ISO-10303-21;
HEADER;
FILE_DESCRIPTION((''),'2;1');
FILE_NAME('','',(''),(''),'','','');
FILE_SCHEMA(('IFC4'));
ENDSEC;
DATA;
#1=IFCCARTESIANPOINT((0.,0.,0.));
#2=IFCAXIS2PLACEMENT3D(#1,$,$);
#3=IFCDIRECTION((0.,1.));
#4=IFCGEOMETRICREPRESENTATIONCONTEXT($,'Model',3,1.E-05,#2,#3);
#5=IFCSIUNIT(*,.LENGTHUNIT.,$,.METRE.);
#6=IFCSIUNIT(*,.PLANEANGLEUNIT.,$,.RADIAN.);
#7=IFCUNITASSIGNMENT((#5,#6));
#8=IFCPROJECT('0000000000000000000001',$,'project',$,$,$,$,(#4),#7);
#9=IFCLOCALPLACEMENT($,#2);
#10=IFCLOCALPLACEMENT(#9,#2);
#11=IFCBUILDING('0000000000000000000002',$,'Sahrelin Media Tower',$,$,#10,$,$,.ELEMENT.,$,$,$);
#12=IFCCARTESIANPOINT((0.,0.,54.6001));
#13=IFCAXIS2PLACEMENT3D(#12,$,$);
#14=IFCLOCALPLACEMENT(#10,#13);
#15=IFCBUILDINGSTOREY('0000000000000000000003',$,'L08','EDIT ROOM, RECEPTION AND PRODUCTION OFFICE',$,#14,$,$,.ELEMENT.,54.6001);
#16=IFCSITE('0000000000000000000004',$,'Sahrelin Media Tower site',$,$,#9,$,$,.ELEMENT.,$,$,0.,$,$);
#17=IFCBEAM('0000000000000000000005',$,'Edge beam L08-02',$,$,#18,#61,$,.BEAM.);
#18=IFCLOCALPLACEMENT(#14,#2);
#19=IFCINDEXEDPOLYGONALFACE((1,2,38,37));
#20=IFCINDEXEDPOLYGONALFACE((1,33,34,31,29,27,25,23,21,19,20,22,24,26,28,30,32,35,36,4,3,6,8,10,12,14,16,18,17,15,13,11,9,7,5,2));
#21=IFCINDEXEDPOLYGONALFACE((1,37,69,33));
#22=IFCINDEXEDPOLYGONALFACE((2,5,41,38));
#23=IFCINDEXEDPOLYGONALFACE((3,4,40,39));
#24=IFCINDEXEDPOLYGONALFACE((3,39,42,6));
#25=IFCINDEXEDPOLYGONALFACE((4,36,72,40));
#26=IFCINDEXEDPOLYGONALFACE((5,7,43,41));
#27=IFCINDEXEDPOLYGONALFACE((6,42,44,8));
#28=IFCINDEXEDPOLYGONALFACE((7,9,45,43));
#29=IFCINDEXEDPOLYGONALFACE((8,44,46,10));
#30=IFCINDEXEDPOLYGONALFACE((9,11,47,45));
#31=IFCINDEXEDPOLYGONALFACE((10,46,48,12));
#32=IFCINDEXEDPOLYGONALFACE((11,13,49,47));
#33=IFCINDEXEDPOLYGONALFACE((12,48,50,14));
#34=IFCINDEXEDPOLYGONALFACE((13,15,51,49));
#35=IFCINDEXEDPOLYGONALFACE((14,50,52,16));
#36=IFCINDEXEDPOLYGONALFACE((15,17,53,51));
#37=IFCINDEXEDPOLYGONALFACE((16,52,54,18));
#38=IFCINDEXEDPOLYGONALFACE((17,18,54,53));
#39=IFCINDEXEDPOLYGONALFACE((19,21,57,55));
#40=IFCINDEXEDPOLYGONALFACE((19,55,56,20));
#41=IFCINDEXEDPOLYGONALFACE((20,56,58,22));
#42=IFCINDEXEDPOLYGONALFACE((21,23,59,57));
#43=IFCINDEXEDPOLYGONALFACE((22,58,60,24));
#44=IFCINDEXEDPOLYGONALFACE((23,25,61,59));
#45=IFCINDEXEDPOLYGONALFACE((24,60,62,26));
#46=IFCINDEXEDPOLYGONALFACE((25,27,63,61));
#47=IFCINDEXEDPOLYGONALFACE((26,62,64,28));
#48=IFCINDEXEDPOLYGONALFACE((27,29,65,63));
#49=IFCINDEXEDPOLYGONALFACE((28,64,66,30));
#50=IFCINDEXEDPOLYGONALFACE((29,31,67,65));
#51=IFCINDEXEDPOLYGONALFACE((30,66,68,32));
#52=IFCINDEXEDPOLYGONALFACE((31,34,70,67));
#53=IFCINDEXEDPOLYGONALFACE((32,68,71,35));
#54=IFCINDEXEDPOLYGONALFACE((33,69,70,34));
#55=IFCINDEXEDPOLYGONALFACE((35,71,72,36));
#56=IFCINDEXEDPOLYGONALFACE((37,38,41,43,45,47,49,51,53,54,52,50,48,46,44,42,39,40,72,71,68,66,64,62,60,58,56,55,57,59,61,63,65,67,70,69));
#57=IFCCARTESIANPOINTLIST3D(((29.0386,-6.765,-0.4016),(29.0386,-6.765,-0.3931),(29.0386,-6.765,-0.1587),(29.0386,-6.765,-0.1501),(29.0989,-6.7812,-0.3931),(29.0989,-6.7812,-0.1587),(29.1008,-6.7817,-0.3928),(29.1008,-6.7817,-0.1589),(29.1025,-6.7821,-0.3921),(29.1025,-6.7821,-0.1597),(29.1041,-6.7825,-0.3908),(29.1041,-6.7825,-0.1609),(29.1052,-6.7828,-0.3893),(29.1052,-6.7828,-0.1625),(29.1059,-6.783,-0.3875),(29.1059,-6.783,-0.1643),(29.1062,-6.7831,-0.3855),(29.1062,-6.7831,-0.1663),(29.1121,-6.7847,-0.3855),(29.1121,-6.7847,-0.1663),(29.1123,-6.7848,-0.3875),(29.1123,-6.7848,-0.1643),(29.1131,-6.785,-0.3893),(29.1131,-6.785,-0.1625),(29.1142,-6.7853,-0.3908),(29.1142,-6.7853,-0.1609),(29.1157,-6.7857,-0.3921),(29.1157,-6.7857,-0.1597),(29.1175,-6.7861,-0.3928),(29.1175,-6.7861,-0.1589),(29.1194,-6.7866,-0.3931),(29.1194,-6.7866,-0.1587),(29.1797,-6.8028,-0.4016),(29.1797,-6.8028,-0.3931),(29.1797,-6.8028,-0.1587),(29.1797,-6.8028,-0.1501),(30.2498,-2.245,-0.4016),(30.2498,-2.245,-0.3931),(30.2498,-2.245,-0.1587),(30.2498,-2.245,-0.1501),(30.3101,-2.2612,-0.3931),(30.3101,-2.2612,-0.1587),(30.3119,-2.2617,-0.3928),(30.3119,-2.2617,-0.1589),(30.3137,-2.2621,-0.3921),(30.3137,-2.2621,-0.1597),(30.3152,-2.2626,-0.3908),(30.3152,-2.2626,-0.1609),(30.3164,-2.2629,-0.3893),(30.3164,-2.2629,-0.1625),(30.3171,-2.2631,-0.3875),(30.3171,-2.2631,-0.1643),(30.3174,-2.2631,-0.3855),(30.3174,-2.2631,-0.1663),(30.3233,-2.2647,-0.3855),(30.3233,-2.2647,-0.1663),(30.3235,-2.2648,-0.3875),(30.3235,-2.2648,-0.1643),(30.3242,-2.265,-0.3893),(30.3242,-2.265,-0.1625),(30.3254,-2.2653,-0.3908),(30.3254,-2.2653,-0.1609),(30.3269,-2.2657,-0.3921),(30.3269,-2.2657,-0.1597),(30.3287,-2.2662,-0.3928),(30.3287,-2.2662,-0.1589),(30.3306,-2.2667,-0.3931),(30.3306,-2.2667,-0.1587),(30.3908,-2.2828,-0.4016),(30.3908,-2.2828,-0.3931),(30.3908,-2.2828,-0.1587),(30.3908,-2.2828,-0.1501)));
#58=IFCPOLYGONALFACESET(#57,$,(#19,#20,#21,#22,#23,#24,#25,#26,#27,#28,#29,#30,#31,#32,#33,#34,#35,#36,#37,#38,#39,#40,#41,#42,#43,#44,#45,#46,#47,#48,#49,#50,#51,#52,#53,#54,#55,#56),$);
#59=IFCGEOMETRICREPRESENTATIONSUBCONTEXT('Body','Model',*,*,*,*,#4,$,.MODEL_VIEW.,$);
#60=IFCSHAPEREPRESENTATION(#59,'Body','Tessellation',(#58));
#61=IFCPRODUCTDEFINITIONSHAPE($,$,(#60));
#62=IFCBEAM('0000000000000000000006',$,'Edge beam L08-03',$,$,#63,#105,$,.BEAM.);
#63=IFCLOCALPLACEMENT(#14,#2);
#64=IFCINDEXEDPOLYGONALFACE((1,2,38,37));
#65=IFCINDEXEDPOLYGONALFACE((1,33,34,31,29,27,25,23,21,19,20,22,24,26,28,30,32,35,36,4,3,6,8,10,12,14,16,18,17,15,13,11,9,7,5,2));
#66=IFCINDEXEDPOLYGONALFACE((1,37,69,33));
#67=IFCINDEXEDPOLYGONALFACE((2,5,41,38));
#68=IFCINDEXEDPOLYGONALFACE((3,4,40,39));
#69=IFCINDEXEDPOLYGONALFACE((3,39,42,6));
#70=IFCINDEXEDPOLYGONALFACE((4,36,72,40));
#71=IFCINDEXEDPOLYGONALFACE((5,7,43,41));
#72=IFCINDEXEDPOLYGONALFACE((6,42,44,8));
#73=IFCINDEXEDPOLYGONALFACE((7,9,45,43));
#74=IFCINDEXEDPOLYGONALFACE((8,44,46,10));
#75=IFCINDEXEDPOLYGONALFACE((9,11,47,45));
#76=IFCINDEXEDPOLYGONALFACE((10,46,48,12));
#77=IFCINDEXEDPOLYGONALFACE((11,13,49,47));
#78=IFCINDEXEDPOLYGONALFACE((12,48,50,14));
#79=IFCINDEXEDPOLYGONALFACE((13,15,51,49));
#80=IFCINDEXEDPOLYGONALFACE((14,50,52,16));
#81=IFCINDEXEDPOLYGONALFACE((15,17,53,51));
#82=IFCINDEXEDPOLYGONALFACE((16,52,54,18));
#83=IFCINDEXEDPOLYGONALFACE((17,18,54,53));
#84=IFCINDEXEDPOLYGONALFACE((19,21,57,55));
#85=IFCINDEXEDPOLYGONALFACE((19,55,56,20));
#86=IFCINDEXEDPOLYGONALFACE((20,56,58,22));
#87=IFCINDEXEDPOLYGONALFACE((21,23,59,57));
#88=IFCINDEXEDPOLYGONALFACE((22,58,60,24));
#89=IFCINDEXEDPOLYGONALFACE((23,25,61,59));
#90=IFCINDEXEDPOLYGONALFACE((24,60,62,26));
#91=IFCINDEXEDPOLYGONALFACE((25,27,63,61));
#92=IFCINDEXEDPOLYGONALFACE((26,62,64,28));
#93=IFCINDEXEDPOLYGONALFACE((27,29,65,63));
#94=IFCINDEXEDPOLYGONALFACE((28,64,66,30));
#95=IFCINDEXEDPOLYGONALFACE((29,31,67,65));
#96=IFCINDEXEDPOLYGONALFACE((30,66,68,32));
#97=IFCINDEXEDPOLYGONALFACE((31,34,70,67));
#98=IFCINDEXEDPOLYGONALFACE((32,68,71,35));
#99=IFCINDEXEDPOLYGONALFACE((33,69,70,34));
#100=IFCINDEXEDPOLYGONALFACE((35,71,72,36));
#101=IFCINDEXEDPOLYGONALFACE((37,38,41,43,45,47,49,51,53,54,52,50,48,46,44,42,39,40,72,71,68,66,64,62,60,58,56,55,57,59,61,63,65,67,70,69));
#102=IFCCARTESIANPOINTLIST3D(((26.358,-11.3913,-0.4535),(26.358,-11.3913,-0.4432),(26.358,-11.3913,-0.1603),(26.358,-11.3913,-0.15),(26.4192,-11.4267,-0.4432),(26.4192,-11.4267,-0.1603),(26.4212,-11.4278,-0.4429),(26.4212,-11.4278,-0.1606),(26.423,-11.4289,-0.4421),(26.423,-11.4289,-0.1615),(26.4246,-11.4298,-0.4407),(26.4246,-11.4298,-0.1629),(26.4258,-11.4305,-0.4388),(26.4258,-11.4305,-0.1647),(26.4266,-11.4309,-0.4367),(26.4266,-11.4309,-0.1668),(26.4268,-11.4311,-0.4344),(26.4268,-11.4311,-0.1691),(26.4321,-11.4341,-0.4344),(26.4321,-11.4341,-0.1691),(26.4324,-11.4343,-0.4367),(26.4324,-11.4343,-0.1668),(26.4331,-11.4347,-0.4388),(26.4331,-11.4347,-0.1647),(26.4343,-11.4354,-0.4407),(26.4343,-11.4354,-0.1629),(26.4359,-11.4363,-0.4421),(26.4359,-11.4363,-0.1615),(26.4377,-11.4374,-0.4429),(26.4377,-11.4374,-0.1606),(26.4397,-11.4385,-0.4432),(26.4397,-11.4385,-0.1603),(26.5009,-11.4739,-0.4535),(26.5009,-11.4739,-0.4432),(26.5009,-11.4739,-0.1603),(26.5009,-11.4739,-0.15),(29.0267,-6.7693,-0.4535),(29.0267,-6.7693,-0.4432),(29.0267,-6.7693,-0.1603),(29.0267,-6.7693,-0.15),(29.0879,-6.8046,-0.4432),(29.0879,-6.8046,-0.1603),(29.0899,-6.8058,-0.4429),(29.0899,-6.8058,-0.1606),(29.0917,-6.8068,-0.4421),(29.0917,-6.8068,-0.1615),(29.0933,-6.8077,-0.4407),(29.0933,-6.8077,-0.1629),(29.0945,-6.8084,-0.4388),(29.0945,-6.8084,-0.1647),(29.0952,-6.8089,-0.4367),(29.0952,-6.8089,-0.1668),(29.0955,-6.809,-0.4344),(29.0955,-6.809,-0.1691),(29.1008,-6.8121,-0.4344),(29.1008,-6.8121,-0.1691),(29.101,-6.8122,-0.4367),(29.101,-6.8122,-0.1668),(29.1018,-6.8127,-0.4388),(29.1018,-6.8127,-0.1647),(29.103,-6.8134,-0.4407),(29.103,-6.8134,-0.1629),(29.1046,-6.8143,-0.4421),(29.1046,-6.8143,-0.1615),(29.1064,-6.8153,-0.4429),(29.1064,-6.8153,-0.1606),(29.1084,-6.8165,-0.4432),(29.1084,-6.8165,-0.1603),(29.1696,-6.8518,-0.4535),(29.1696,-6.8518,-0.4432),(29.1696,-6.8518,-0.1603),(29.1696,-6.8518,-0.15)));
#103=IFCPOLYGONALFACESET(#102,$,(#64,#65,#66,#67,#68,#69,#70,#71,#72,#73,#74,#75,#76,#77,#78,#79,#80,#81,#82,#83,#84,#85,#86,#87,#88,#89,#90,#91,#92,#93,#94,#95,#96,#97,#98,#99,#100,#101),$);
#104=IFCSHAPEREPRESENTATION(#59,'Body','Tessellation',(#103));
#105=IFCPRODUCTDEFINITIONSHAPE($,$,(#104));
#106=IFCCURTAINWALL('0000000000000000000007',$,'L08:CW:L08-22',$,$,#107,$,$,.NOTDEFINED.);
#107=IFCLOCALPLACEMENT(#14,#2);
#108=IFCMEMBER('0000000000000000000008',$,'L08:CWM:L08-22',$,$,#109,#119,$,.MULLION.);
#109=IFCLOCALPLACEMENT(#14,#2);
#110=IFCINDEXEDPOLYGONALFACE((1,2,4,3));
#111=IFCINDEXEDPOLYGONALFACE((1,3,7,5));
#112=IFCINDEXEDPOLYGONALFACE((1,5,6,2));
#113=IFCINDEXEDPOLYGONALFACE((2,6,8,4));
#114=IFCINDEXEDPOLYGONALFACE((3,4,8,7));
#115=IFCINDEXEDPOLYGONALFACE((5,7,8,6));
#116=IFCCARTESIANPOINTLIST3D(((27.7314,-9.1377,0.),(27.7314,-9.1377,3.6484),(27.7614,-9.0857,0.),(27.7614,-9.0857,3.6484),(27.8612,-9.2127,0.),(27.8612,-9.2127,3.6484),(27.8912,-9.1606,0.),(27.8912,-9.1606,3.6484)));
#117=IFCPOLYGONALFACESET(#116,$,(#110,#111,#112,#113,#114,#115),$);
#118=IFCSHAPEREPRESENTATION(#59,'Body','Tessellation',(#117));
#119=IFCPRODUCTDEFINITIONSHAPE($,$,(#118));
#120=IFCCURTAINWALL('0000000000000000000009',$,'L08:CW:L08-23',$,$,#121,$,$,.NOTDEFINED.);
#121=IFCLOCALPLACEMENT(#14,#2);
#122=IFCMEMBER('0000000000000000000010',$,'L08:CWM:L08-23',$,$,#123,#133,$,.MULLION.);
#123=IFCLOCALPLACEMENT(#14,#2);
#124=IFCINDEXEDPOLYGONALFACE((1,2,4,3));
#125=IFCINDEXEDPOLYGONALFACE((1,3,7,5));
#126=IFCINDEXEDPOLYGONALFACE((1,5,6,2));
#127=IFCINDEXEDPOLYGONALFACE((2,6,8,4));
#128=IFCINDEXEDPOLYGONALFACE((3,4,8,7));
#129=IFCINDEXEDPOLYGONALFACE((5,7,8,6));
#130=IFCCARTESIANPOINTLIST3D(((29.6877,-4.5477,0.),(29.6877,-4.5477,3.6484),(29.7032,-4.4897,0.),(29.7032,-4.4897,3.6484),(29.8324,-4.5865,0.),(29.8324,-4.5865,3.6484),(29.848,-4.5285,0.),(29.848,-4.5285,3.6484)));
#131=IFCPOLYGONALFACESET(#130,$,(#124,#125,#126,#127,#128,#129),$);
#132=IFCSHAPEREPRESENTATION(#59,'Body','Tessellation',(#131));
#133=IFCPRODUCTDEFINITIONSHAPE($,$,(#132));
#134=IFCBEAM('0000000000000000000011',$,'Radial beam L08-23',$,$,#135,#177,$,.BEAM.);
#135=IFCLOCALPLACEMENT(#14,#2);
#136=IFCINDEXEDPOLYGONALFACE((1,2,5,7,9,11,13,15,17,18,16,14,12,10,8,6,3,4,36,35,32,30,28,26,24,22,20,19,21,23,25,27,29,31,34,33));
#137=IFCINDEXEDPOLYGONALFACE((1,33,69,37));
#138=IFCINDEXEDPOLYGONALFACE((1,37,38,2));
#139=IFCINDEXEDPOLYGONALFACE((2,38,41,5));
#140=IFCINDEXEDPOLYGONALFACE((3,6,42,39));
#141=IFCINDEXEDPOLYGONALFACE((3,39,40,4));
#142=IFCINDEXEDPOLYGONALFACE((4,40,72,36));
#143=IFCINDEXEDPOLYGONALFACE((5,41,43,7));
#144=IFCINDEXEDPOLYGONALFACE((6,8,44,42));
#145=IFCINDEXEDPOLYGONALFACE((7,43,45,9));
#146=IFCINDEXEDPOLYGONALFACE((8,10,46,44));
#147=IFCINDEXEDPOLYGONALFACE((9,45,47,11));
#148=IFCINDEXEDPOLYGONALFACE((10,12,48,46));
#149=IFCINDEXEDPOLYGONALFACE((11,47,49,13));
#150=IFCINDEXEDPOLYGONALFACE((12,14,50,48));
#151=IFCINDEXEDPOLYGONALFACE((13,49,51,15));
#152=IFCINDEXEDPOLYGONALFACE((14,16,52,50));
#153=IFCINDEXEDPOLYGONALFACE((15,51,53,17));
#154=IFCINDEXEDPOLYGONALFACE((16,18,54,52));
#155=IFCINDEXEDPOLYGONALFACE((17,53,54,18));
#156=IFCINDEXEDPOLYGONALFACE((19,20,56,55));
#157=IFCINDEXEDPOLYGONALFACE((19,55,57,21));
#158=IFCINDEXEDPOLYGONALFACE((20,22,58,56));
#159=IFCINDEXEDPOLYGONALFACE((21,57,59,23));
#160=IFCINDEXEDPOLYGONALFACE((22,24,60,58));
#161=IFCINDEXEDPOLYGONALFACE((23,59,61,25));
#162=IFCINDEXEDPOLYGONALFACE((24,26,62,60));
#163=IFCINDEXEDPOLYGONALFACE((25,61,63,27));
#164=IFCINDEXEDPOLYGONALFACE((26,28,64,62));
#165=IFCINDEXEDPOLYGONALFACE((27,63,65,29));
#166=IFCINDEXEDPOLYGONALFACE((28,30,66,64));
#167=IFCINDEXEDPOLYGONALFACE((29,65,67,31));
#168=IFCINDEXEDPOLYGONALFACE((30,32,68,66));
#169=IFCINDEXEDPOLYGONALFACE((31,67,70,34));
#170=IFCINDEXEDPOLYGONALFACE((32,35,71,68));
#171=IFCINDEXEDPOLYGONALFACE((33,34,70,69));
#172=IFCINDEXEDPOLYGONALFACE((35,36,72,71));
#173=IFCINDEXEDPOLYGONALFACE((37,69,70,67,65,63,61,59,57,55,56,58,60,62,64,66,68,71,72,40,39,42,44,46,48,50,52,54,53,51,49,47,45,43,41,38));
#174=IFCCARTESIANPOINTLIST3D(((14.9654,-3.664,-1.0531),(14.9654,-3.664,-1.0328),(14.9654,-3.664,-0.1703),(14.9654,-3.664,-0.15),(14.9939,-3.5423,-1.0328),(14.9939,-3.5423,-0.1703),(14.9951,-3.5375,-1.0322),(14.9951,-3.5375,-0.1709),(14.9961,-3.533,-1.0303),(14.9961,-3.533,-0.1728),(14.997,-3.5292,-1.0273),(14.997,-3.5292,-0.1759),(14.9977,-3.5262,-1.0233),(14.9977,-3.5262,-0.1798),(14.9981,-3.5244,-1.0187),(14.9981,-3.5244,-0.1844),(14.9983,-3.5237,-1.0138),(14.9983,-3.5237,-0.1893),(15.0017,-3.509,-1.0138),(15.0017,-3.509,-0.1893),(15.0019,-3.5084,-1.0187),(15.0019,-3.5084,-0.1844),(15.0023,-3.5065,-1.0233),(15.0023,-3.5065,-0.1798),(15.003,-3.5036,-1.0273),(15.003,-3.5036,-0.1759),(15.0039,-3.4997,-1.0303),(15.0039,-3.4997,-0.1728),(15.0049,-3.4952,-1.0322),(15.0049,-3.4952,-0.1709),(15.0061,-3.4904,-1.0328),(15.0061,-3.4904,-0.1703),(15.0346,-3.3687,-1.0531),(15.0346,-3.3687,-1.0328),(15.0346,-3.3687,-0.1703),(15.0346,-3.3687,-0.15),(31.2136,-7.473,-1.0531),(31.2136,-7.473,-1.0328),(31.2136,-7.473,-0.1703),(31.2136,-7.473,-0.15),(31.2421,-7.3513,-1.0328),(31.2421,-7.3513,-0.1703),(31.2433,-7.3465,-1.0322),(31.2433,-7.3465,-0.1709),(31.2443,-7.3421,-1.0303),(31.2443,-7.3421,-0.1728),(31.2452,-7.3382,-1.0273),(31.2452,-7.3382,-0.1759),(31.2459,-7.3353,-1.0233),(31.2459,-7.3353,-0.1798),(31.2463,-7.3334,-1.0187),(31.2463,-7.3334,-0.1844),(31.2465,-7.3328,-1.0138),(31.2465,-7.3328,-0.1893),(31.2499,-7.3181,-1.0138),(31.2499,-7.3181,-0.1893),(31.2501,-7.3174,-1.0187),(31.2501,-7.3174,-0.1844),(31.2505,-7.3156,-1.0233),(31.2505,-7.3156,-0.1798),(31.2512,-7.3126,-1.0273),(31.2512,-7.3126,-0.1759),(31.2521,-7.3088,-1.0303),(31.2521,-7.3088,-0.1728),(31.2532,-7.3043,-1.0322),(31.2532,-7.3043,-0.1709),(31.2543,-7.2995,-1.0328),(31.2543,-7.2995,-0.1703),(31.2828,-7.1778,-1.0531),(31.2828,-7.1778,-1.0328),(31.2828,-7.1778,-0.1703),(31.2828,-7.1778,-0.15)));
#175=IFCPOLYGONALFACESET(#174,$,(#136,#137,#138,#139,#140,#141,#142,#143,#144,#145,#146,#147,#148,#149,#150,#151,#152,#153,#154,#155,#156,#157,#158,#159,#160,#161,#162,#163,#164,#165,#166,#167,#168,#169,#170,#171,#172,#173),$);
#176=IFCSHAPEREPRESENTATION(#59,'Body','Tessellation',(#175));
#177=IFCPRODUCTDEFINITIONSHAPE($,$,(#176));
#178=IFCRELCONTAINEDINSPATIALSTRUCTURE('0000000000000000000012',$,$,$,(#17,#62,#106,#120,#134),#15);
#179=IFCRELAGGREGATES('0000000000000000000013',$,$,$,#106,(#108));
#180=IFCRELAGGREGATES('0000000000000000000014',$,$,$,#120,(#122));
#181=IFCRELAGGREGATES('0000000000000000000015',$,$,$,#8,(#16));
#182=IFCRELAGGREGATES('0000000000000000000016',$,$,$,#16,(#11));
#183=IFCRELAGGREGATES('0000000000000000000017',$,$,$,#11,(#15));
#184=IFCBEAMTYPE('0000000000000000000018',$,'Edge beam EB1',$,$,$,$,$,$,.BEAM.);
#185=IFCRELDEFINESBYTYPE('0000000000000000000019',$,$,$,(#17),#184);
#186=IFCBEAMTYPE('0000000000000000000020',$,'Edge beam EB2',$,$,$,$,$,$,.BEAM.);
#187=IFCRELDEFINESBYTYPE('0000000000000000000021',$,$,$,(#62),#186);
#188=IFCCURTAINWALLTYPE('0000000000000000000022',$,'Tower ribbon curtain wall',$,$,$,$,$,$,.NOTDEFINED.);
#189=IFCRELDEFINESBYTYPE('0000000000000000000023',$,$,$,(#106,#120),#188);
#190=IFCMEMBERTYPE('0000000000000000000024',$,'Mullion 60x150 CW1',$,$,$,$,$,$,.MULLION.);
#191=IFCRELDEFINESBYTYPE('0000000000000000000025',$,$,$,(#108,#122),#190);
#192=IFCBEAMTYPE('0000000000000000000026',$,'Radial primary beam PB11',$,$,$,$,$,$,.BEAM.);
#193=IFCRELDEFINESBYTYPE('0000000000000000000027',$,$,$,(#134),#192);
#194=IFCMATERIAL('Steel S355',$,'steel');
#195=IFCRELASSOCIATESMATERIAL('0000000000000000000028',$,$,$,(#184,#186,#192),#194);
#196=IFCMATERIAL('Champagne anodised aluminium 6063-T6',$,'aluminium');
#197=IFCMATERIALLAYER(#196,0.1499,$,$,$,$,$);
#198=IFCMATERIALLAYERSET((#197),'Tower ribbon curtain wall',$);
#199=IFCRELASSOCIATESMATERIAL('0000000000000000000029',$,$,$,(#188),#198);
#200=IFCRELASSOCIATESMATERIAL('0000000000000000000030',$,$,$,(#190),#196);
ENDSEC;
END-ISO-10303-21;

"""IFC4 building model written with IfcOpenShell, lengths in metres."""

from ifc_helpers import new_model, si_unit, direction, frame, origin, origin_2d, place, context, subcontext, project, spatial, rectangle, i_section, extrude, material, layer, layer_set, material_profile, profile_set, type_object, element, aggregate, save


model = new_model("IFC4")

# Units and contexts
model_context = context("Model", 3, precision=1e-05, world=origin(), true_north=direction((0.0, 1.0)))
body_context = subcontext(model_context, "Body", "Model", "MODEL_VIEW")
ifc_project = project(units=[si_unit("LENGTHUNIT", "METRE"), si_unit("PLANEANGLEUNIT", "RADIAN")], contexts=[model_context])

# Site, building, storey
site_placement = place(None, origin())
site = spatial("IfcSite", under=ifc_project, at=site_placement, Name="Sahrelin Media Tower site", CompositionType="ELEMENT", RefElevation=0.0)
building_placement = place(site_placement, origin())
building = spatial("IfcBuilding", under=site, at=building_placement, Name="Sahrelin Media Tower", CompositionType="ELEMENT")
storey_placement = place(building_placement, frame((0.0, 0.0, 54.6001)))
storey = spatial("IfcBuildingStorey", under=building, at=storey_placement, Name="L08", Description="EDIT ROOM, RECEPTION AND PRODUCTION OFFICE", CompositionType="ELEMENT", Elevation=54.6001)

# Beams
ifc_material_1 = material(Name="Steel S355", Category="steel")
ifc_material_profile_1 = material_profile(ifc_material_1, i_section(OverallWidth=0.146, OverallDepth=0.2515, WebThickness=0.0061, FlangeThickness=0.0085, FilletRadius=0.0076, at=origin_2d()), Name="UB 254x146x31")
ifc_profile_set_1 = profile_set([ifc_material_profile_1], Name="Steel S355")
beam_type_1 = type_object("IfcBeamType", Name="Edge beam EB1", PredefinedType="BEAM", material=ifc_profile_set_1)
beam_1_placement = place(storey_placement, frame((30.3203, -2.2639, -0.2759), z_axis=(-0.258828, -0.965923, 0.0), x_axis=(0.965923, -0.258828, 0.0)))
element("IfcBeam", 1, at=beam_1_placement, inside=storey, type_object=beam_type_1, Name="Edge beam L08-02", PredefinedType="BEAM", context=body_context, shape_type="SweptSolid", body=[
    extrude(i_section(OverallWidth=0.146, OverallDepth=0.2515, WebThickness=0.0061, FlangeThickness=0.0085, FilletRadius=0.0076, at=origin_2d()), origin(), (0.0, 0.0, 1.0), 4.6794),
])
ifc_material_profile_2 = material_profile(ifc_material_1, i_section(OverallWidth=0.165, OverallDepth=0.3035, WebThickness=0.0061, FlangeThickness=0.0103, FilletRadius=0.0088, at=origin_2d()), Name="UB 305x165x40")
ifc_profile_set_2 = profile_set([ifc_material_profile_2], Name="Steel S355")
beam_type_2 = type_object("IfcBeamType", Name="Edge beam EB2", PredefinedType="BEAM", material=ifc_profile_set_2)
beam_2_placement = place(storey_placement, frame((29.0981, -6.8105, -0.3018), z_axis=(-0.500021, -0.866013, 0.0), x_axis=(0.866013, -0.500021, 0.0)))
element("IfcBeam", 2, at=beam_2_placement, inside=storey, type_object=beam_type_2, Name="Edge beam L08-03", PredefinedType="BEAM", context=body_context, shape_type="SweptSolid", body=[
    extrude(i_section(OverallWidth=0.165, OverallDepth=0.3035, WebThickness=0.0061, FlangeThickness=0.0103, FilletRadius=0.0088, at=origin_2d()), origin(), (0.0, 0.0, 1.0), 5.3372),
])

# Curtain walls, members
ifc_material_2 = material(Name="Champagne anodised aluminium 6063-T6", Category="aluminium")
ifc_layer_1 = layer(ifc_material_2, 0.1499)
ifc_layer_set_1 = layer_set([ifc_layer_1], Name="Tower ribbon curtain wall")
curtain_wall_type = type_object("IfcCurtainWallType", Name="Tower ribbon curtain wall", PredefinedType="NOTDEFINED", material=ifc_layer_set_1)
curtain_wall_1_placement = place(storey_placement, frame((27.8938, -9.1965, 0.0), z_axis=(0.0, 0.0, 1.0), x_axis=(1.0, 0.0, 0.0)))
curtain_wall_1 = element("IfcCurtainWall", 3, at=curtain_wall_1_placement, inside=storey, type_object=curtain_wall_type, Name="L08:CW:L08-22", PredefinedType="NOTDEFINED")
ifc_material_profile_3 = material_profile(ifc_material_2, rectangle(XDim=0.0601, YDim=0.1499, at=origin_2d()), Name="Mullion 60x150")
ifc_profile_set_3 = profile_set([ifc_material_profile_3], Name="Champagne anodised aluminium 6063-T6")
member_type_1 = type_object("IfcMemberType", Name="Mullion 60x150 CW1", PredefinedType="MULLION", material=ifc_profile_set_3)
member_1_placement = place(storey_placement, frame((27.8113, -9.1492, 0.0), z_axis=(0.0, 0.0, 1.0), x_axis=(0.499991, 0.866031, 0.0)))
member_1 = element("IfcMember", 4, at=member_1_placement, type_object=member_type_1, Name="L08:CWM:L08-22", PredefinedType="MULLION", context=body_context, shape_type="SweptSolid", body=[
    extrude(rectangle(XDim=0.0601, YDim=0.1499, at=origin_2d()), origin(), (0.0, 0.0, 1.0), 3.6484),
])
aggregate(curtain_wall_1, [member_1])
curtain_wall_2_placement = place(storey_placement, frame((29.8596, -4.5627, 0.0), z_axis=(0.0, 0.0, 1.0), x_axis=(1.0, 0.0, 0.0)))
curtain_wall_2 = element("IfcCurtainWall", 5, at=curtain_wall_2_placement, inside=storey, type_object=curtain_wall_type, Name="L08:CW:L08-23", PredefinedType="NOTDEFINED")
member_2_placement = place(storey_placement, frame((29.7678, -4.5381, 0.0), z_axis=(0.0, 0.0, 1.0), x_axis=(0.258826, 0.965924, 0.0)))
member_2 = element("IfcMember", 6, at=member_2_placement, type_object=member_type_1, Name="L08:CWM:L08-23", PredefinedType="MULLION", context=body_context, shape_type="SweptSolid", body=[
    extrude(rectangle(XDim=0.0601, YDim=0.1499, at=origin_2d()), origin(), (0.0, 0.0, 1.0), 3.6484),
])

# Beam
ifc_material_profile_4 = material_profile(ifc_material_1, i_section(OverallWidth=0.3032, OverallDepth=0.9031, WebThickness=0.0151, FlangeThickness=0.0203, FilletRadius=0.019, at=origin_2d()), Name="UB 914x305x201")
ifc_profile_set_4 = profile_set([ifc_material_profile_4], Name="Steel S355")
beam_type_3 = type_object("IfcBeamType", Name="Radial primary beam PB11", PredefinedType="BEAM", material=ifc_profile_set_4)
beam_3_placement = place(storey_placement, frame((15.0, -3.5164, -0.6016), z_axis=(0.973604, -0.228242, 0.0), x_axis=(0.228242, 0.973604, 0.0)))
element("IfcBeam", 7, at=beam_3_placement, inside=storey, type_object=beam_type_3, Name="Radial beam L08-23", PredefinedType="BEAM", context=body_context, shape_type="SweptSolid", body=[
    extrude(i_section(OverallWidth=0.3032, OverallDepth=0.9031, WebThickness=0.0151, FlangeThickness=0.0203, FilletRadius=0.019, at=origin_2d()), origin(), (0.0, 0.0, 1.0), 16.6887),
])

aggregate(curtain_wall_2, [member_2])

save(model, "model.ifc")
